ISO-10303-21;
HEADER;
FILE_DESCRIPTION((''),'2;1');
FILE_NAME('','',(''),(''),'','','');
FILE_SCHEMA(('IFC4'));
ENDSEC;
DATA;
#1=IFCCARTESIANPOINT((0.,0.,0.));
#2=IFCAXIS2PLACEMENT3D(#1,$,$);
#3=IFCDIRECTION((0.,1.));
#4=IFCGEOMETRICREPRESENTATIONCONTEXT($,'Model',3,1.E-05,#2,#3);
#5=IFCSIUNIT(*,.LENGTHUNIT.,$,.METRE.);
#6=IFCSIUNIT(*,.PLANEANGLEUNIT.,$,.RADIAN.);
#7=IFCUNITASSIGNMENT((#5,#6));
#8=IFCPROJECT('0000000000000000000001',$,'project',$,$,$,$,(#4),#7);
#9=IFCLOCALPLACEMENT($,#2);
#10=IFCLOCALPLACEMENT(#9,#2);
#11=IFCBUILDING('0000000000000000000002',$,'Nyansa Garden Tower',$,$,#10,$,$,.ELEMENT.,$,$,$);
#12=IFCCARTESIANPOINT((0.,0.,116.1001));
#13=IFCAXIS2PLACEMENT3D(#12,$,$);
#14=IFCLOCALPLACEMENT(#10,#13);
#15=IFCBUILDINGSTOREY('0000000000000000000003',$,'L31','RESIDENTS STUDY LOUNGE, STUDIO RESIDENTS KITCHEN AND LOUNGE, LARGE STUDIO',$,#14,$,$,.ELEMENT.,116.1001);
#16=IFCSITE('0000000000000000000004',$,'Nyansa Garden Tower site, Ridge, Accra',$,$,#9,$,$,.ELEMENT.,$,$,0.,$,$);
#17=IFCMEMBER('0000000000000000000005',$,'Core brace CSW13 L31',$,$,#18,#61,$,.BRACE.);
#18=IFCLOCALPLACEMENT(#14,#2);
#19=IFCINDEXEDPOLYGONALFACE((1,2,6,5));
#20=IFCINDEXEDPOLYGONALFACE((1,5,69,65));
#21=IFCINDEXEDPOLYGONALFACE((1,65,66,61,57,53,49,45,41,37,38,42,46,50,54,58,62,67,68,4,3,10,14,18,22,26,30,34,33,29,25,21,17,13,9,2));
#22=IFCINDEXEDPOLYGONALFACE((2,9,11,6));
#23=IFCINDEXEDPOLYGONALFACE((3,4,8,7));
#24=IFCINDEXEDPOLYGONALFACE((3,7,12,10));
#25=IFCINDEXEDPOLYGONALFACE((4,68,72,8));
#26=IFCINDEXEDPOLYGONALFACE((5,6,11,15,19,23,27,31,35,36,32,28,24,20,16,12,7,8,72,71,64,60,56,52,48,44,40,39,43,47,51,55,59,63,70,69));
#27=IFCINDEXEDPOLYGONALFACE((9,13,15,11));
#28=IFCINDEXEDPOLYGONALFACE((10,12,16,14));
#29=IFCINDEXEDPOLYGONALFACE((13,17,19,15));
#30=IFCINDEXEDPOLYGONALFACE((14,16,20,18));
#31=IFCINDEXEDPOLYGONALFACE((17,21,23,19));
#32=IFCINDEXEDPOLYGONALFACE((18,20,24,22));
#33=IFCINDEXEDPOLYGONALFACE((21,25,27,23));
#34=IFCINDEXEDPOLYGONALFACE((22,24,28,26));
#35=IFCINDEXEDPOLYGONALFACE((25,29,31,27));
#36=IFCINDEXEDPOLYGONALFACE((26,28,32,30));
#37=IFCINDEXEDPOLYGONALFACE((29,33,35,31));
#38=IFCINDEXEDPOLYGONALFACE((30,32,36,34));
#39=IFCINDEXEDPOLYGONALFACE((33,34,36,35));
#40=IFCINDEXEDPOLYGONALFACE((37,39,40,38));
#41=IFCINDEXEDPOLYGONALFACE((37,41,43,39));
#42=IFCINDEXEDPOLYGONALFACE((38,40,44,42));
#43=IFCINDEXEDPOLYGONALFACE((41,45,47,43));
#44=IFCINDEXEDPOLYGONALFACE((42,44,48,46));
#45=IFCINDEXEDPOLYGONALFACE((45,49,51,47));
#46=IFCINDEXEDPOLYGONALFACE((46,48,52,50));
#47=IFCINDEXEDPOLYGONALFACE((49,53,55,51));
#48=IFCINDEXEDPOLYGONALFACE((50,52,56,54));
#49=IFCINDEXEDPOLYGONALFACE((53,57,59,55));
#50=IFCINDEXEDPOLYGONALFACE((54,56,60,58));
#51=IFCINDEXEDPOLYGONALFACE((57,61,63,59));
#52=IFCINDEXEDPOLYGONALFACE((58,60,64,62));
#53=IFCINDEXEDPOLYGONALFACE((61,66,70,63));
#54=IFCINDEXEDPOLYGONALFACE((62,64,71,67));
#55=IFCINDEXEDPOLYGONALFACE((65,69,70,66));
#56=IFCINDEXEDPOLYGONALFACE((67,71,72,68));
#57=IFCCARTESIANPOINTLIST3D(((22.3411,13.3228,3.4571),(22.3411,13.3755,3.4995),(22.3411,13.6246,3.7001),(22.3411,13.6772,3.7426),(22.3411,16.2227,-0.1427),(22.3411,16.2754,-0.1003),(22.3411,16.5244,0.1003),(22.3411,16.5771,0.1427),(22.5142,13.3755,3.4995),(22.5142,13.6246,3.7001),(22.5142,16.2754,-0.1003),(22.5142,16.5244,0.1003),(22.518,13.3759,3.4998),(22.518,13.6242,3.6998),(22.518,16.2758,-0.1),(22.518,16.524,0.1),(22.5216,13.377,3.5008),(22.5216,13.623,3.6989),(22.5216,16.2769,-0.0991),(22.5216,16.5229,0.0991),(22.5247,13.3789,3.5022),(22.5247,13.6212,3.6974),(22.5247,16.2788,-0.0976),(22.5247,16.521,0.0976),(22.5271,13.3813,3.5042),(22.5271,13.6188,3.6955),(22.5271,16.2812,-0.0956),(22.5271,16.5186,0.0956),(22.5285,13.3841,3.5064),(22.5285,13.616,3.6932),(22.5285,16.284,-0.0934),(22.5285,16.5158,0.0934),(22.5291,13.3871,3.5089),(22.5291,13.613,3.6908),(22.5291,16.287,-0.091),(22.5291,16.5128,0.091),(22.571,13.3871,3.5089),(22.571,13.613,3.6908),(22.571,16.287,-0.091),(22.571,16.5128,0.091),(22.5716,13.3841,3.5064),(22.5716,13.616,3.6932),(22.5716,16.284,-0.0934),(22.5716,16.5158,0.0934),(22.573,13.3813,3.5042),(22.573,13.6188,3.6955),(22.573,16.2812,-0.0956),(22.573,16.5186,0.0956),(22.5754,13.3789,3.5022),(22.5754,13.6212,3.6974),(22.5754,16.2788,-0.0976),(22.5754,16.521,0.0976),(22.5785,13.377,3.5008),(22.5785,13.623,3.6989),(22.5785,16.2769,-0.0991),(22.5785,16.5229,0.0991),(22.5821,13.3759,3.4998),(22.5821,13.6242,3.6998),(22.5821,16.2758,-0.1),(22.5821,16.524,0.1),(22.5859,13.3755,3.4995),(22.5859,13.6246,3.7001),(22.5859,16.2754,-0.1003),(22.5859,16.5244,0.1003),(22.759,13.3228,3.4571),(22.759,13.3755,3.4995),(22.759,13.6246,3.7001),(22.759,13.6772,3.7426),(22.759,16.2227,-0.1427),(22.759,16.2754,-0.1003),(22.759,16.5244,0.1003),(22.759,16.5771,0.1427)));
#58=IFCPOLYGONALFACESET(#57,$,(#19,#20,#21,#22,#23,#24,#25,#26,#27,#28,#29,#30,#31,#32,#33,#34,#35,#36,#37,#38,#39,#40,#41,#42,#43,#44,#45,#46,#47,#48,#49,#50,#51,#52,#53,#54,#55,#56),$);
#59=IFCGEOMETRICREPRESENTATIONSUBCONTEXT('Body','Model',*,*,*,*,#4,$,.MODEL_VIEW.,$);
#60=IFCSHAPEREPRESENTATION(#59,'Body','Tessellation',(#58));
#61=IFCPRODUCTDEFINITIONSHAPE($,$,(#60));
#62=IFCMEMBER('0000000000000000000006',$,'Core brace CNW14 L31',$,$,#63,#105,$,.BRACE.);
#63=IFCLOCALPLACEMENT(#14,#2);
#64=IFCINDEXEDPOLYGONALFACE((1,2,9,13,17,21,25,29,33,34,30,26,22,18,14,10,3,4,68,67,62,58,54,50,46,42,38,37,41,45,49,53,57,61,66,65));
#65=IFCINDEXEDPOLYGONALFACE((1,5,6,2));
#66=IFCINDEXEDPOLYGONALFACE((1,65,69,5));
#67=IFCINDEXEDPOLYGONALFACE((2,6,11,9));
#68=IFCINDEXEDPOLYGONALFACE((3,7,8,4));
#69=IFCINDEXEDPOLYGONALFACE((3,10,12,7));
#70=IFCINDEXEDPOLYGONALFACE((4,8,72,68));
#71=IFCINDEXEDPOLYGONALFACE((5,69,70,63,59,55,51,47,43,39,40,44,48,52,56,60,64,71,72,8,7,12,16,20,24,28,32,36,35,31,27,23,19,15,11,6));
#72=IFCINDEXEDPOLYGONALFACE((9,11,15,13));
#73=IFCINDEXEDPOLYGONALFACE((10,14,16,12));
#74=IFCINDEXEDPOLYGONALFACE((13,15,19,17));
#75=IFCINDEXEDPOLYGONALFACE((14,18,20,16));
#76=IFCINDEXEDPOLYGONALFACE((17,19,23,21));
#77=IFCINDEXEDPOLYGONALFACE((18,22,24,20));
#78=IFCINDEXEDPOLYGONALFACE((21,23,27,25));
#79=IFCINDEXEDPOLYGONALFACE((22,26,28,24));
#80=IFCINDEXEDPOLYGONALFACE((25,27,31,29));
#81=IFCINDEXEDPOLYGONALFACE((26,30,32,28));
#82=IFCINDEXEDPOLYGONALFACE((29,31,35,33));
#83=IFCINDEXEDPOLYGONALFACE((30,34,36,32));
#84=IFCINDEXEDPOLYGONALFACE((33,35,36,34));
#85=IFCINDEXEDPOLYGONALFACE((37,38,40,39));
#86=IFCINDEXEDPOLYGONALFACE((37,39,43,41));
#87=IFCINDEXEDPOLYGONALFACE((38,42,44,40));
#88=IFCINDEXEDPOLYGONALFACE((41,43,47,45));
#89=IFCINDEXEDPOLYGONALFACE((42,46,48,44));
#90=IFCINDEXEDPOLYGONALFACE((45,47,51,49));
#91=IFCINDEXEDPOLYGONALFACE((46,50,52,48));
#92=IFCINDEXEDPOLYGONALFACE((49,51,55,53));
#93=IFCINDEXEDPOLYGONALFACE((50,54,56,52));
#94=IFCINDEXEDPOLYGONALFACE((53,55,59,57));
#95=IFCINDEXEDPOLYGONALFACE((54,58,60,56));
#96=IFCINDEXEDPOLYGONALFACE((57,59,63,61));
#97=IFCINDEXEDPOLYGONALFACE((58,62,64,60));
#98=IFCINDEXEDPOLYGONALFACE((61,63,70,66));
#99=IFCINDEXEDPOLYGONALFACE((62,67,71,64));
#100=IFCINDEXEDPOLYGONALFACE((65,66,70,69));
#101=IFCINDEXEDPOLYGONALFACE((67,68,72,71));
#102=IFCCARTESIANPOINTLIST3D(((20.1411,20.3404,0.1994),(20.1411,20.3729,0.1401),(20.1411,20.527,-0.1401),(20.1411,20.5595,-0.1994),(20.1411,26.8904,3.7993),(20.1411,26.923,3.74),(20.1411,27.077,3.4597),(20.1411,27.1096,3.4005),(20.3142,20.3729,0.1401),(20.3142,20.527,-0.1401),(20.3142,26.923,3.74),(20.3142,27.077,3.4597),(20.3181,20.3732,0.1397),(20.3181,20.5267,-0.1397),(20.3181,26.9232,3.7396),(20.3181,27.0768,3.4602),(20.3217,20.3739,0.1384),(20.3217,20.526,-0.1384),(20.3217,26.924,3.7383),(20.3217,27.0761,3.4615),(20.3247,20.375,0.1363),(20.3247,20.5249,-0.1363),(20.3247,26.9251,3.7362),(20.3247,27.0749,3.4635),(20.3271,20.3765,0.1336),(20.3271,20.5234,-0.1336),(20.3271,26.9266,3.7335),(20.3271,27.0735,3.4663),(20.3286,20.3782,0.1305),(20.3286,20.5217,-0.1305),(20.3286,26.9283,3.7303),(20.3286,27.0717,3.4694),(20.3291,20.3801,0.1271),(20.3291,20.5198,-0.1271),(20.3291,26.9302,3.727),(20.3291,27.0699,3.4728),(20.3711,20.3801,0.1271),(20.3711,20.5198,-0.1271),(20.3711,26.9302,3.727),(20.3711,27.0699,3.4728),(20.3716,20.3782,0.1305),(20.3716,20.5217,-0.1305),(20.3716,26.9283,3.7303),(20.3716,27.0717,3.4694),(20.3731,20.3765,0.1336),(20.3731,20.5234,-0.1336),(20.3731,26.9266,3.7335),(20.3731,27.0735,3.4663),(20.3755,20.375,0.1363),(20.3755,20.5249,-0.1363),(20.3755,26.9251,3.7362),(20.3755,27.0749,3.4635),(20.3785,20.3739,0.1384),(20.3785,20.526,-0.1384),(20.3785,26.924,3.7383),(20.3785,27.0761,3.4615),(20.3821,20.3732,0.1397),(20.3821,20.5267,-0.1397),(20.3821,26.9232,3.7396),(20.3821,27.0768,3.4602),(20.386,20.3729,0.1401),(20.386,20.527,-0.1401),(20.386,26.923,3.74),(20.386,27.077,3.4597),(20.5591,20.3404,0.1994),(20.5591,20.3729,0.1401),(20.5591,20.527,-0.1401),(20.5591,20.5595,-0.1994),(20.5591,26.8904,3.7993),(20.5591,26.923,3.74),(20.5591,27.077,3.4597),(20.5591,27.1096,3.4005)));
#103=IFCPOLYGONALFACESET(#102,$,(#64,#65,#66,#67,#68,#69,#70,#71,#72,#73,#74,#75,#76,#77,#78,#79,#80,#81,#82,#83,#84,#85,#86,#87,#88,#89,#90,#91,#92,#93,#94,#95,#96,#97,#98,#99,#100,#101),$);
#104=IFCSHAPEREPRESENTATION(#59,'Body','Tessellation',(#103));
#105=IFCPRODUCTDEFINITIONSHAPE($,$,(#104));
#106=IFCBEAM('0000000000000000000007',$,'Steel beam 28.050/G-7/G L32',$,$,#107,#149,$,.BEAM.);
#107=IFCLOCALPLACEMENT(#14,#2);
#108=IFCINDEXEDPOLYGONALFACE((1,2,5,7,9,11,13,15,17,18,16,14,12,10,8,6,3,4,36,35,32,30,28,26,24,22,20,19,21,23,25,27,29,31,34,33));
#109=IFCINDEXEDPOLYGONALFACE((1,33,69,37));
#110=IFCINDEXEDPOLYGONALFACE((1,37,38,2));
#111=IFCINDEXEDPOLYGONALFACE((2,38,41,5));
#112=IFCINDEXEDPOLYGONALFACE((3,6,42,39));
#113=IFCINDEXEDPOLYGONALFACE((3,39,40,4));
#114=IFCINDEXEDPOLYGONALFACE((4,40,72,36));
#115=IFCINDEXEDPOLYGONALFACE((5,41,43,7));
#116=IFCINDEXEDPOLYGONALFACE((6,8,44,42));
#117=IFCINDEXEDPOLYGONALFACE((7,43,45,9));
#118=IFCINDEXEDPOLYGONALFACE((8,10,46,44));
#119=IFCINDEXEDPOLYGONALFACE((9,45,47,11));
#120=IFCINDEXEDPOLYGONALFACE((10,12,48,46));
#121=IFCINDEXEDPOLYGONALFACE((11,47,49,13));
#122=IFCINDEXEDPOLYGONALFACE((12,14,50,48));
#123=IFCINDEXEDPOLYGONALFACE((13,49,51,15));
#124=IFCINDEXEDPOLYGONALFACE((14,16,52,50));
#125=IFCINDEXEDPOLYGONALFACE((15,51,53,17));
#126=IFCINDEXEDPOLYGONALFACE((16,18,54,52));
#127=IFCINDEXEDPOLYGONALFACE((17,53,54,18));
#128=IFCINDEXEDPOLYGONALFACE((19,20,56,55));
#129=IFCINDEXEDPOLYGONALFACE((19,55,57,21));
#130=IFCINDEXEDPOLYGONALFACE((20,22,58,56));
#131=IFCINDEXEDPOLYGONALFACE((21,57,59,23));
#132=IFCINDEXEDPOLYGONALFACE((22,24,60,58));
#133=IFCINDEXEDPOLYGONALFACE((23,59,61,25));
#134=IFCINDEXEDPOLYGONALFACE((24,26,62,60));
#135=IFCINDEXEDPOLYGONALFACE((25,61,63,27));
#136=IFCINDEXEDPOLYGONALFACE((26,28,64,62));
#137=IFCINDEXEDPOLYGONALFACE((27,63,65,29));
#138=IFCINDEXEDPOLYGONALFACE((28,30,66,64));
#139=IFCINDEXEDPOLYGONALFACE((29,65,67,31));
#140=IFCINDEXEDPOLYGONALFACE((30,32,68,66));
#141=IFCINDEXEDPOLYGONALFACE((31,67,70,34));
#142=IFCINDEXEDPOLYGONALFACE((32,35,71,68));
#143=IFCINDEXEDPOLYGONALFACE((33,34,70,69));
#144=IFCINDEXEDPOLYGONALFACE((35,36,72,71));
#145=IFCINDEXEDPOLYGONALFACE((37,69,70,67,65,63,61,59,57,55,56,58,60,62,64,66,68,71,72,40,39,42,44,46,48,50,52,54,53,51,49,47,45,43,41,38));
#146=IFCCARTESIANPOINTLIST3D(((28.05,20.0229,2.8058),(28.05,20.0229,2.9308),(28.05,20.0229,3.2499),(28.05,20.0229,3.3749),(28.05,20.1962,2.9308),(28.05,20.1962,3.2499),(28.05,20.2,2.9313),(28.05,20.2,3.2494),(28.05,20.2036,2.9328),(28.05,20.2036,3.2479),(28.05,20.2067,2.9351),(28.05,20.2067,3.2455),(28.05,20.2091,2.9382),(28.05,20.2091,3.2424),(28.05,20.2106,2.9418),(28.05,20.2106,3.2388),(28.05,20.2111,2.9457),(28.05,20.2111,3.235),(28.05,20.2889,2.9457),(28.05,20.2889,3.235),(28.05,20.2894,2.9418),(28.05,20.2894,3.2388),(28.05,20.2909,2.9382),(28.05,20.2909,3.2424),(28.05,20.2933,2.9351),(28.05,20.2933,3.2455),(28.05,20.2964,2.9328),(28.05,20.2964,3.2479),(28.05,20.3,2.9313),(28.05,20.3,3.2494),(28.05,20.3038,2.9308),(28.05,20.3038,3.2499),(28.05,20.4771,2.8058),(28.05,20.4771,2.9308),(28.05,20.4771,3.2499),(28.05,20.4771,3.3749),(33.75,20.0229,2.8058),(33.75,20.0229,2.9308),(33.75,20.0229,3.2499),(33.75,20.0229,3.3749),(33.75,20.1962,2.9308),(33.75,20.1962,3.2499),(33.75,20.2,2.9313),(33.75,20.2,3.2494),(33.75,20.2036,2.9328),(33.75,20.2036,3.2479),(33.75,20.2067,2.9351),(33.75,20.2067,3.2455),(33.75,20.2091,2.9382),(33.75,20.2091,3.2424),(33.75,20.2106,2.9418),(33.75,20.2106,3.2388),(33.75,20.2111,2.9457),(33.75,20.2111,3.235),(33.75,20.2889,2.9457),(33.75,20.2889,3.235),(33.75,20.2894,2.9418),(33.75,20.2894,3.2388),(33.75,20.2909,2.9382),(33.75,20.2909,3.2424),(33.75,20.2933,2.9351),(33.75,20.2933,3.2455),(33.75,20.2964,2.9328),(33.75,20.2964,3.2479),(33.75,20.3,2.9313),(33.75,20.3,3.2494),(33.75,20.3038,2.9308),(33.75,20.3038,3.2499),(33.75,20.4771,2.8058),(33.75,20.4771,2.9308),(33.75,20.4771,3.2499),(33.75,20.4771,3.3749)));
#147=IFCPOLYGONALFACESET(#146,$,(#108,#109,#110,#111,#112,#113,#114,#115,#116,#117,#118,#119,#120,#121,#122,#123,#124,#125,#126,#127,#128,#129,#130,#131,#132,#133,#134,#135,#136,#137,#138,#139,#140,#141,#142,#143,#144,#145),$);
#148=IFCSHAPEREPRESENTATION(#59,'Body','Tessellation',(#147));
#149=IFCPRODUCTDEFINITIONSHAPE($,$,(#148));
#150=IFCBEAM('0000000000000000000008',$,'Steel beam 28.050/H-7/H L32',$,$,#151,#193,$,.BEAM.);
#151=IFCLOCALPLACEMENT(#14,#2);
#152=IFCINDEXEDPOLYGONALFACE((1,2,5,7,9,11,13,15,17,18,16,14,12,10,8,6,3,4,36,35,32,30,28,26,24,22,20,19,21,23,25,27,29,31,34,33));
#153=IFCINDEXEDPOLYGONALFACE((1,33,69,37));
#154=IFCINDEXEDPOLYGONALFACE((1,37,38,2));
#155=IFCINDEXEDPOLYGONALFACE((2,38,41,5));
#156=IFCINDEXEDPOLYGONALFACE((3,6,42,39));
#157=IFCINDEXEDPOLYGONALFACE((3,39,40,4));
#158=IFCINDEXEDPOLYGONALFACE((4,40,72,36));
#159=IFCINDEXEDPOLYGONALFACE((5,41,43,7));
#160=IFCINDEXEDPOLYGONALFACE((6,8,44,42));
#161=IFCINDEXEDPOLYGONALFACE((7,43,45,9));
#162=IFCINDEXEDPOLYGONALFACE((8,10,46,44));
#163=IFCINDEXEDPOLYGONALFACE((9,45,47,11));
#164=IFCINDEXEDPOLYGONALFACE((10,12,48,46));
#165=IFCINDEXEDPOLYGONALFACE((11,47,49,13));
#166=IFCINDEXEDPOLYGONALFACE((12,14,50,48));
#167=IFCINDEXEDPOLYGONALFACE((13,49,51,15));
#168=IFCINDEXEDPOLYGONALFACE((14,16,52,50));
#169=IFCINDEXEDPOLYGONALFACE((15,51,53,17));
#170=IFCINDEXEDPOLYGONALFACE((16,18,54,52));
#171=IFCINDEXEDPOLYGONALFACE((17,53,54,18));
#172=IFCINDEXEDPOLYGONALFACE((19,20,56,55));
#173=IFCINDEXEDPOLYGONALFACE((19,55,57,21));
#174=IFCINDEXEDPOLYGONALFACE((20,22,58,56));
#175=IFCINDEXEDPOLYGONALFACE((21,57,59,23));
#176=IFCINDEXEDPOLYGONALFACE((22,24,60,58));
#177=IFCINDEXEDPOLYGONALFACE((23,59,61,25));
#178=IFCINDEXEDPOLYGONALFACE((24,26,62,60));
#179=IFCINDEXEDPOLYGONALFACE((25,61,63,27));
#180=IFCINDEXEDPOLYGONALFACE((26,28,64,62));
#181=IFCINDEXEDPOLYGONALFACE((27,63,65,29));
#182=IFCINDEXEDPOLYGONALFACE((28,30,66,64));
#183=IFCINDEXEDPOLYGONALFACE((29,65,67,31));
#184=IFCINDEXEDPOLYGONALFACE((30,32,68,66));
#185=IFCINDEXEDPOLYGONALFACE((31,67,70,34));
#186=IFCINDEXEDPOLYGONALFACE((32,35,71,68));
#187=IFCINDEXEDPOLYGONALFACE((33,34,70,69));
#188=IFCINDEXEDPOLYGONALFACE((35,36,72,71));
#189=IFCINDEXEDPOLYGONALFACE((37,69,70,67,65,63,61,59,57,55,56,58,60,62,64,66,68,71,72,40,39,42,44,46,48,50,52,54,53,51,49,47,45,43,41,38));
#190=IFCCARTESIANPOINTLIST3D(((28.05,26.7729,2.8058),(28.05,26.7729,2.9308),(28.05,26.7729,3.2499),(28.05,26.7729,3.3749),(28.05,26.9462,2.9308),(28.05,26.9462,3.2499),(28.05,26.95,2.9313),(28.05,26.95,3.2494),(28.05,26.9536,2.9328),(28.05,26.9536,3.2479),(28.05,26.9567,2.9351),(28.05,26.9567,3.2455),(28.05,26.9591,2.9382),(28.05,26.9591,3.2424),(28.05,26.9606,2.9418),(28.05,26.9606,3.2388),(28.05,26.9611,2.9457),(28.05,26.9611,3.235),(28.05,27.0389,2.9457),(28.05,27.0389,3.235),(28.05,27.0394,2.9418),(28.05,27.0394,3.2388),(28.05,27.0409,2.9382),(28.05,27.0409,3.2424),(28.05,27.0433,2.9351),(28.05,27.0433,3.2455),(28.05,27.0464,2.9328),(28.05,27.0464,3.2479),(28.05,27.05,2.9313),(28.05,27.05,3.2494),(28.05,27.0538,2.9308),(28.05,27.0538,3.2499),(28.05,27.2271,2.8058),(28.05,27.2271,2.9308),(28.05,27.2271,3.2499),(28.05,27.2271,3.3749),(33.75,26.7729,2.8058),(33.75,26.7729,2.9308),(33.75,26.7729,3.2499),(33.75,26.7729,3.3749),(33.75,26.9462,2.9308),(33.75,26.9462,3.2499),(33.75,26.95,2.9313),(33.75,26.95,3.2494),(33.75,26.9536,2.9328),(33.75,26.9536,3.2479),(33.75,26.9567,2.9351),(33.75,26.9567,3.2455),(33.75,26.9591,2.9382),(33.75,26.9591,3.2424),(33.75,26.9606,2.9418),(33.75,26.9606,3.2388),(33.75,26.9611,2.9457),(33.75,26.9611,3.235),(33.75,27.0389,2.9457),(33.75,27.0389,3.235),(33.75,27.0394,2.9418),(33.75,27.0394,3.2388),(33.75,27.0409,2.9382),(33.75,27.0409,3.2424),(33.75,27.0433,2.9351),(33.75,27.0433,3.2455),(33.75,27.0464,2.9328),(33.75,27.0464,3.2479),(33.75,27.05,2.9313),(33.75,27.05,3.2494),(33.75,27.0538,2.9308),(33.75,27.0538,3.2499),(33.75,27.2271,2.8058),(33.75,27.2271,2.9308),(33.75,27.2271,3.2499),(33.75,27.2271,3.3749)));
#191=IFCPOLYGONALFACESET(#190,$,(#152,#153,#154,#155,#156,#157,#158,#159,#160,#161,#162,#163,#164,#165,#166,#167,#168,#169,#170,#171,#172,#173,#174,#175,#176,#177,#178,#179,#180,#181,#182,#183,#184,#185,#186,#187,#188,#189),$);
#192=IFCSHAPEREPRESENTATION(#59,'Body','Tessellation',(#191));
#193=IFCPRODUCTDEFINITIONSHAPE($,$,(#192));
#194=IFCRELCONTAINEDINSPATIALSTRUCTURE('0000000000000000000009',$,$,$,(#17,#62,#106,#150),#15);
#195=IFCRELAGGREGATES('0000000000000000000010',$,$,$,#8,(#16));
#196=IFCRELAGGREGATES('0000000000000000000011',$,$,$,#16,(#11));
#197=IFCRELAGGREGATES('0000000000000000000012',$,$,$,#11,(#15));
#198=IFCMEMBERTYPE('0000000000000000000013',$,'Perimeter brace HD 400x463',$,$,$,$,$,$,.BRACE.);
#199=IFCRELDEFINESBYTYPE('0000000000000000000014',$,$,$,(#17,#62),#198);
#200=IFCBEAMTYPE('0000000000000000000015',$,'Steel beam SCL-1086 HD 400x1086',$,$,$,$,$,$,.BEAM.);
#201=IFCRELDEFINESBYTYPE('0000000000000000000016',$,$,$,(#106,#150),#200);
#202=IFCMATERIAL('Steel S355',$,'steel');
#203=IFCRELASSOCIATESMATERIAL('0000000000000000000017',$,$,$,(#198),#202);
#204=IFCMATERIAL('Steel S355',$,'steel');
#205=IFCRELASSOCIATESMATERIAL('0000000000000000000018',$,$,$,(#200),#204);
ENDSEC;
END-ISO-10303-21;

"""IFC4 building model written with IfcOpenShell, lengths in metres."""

from ifc_helpers import new_model, si_unit, direction, frame, origin, origin_2d, place, context, subcontext, project, spatial, i_section, extrude, material, material_profile, profile_set, type_object, element, save


model = new_model("IFC4")

# Units and contexts
model_context = context("Model", 3, precision=1e-05, world=origin(), true_north=direction((0.0, 1.0)))
body_context = subcontext(model_context, "Body", "Model", "MODEL_VIEW")
ifc_project = project(units=[si_unit("LENGTHUNIT", "METRE"), si_unit("PLANEANGLEUNIT", "RADIAN")], contexts=[model_context])

# Site, building, storey
site_placement = place(None, origin())
site = spatial("IfcSite", under=ifc_project, at=site_placement, Name="Nyansa Garden Tower site, Ridge, Accra", CompositionType="ELEMENT", RefElevation=0.0)
building_placement = place(site_placement, origin())
building = spatial("IfcBuilding", under=site, at=building_placement, Name="Nyansa Garden Tower", CompositionType="ELEMENT")
storey_placement = place(building_placement, frame((0.0, 0.0, 116.1001)))
storey = spatial("IfcBuildingStorey", under=building, at=storey_placement, Name="L31", Description="RESIDENTS STUDY LOUNGE, STUDIO RESIDENTS KITCHEN AND LOUNGE, LARGE STUDIO", CompositionType="ELEMENT", Elevation=116.1001)

# Members
ifc_material_1 = material(Name="Steel S355", Category="steel")
ifc_material_profile_1 = material_profile(ifc_material_1, i_section(OverallWidth=0.418, OverallDepth=0.4551, WebThickness=0.042, FlangeThickness=0.0676, FilletRadius=0.0149, at=origin_2d()), Name="HD 400x463")
ifc_profile_set_1 = profile_set([ifc_material_profile_1], Name="Steel S355")
member_type = type_object("IfcMemberType", Name="Perimeter brace HD 400x463", PredefinedType="BRACE", material=ifc_profile_set_1)
member_1_placement = place(storey_placement, frame((22.55, 16.3999, 0.0), z_axis=(0.0, -0.627332, 0.778752), x_axis=(1.0, 0.0, 0.0)))
element("IfcMember", 1, at=member_1_placement, inside=storey, type_object=member_type, Name="Core brace CSW13 L31", PredefinedType="BRACE", context=body_context, shape_type="SweptSolid", body=[
    extrude(i_section(OverallWidth=0.418, OverallDepth=0.4551, WebThickness=0.042, FlangeThickness=0.0676, FilletRadius=0.0149, at=origin_2d()), origin(), (0.0, 0.0, 1.0), 4.6226),
])
member_2_placement = place(storey_placement, frame((20.3501, 20.45, 0.0), z_axis=(0.0, 0.876367, 0.481644), x_axis=(-1.0, 0.0, 0.0)))
element("IfcMember", 2, at=member_2_placement, inside=storey, type_object=member_type, Name="Core brace CNW14 L31", PredefinedType="BRACE", context=body_context, shape_type="SweptSolid", body=[
    extrude(i_section(OverallWidth=0.418, OverallDepth=0.4551, WebThickness=0.042, FlangeThickness=0.0676, FilletRadius=0.0149, at=origin_2d()), origin(), (0.0, 0.0, 1.0), 7.4741),
])

# Beams
ifc_material_2 = material(Name="Steel S355", Category="steel")
ifc_material_profile_2 = material_profile(ifc_material_2, i_section(OverallWidth=0.4541, OverallDepth=0.5691, WebThickness=0.0779, FlangeThickness=0.125, FilletRadius=0.0149, at=origin_2d()), Name="HD 400x1086")
ifc_profile_set_2 = profile_set([ifc_material_profile_2], Name="Steel S355")
beam_type_1 = type_object("IfcBeamType", Name="Steel beam SCL-1086 HD 400x1086", PredefinedType="BEAM", material=ifc_profile_set_2)
for number, where, z_axis, x_axis, name in (
    (3, (28.05, 20.25, 3.0903), (1.0, 0.0, 0.0), (0.0, 1.0, 0.0), "Steel beam 28.050/G-7/G L32"),
    (4, (28.05, 27.0, 3.0903), (1.0, 0.0, 0.0), (0.0, 1.0, 0.0), "Steel beam 28.050/H-7/H L32"),
):
    element("IfcBeam", number, at=place(storey_placement, frame(where, z_axis=z_axis, x_axis=x_axis)), inside=storey, type_object=beam_type_1, Name=name, PredefinedType="BEAM", context=body_context, shape_type="SweptSolid", body=[
        extrude(i_section(OverallWidth=0.4541, OverallDepth=0.5691, WebThickness=0.0779, FlangeThickness=0.125, FilletRadius=0.0149, at=origin_2d()), origin(), (0.0, 0.0, 1.0), 5.7),
    ])

save(model, "model.ifc")
